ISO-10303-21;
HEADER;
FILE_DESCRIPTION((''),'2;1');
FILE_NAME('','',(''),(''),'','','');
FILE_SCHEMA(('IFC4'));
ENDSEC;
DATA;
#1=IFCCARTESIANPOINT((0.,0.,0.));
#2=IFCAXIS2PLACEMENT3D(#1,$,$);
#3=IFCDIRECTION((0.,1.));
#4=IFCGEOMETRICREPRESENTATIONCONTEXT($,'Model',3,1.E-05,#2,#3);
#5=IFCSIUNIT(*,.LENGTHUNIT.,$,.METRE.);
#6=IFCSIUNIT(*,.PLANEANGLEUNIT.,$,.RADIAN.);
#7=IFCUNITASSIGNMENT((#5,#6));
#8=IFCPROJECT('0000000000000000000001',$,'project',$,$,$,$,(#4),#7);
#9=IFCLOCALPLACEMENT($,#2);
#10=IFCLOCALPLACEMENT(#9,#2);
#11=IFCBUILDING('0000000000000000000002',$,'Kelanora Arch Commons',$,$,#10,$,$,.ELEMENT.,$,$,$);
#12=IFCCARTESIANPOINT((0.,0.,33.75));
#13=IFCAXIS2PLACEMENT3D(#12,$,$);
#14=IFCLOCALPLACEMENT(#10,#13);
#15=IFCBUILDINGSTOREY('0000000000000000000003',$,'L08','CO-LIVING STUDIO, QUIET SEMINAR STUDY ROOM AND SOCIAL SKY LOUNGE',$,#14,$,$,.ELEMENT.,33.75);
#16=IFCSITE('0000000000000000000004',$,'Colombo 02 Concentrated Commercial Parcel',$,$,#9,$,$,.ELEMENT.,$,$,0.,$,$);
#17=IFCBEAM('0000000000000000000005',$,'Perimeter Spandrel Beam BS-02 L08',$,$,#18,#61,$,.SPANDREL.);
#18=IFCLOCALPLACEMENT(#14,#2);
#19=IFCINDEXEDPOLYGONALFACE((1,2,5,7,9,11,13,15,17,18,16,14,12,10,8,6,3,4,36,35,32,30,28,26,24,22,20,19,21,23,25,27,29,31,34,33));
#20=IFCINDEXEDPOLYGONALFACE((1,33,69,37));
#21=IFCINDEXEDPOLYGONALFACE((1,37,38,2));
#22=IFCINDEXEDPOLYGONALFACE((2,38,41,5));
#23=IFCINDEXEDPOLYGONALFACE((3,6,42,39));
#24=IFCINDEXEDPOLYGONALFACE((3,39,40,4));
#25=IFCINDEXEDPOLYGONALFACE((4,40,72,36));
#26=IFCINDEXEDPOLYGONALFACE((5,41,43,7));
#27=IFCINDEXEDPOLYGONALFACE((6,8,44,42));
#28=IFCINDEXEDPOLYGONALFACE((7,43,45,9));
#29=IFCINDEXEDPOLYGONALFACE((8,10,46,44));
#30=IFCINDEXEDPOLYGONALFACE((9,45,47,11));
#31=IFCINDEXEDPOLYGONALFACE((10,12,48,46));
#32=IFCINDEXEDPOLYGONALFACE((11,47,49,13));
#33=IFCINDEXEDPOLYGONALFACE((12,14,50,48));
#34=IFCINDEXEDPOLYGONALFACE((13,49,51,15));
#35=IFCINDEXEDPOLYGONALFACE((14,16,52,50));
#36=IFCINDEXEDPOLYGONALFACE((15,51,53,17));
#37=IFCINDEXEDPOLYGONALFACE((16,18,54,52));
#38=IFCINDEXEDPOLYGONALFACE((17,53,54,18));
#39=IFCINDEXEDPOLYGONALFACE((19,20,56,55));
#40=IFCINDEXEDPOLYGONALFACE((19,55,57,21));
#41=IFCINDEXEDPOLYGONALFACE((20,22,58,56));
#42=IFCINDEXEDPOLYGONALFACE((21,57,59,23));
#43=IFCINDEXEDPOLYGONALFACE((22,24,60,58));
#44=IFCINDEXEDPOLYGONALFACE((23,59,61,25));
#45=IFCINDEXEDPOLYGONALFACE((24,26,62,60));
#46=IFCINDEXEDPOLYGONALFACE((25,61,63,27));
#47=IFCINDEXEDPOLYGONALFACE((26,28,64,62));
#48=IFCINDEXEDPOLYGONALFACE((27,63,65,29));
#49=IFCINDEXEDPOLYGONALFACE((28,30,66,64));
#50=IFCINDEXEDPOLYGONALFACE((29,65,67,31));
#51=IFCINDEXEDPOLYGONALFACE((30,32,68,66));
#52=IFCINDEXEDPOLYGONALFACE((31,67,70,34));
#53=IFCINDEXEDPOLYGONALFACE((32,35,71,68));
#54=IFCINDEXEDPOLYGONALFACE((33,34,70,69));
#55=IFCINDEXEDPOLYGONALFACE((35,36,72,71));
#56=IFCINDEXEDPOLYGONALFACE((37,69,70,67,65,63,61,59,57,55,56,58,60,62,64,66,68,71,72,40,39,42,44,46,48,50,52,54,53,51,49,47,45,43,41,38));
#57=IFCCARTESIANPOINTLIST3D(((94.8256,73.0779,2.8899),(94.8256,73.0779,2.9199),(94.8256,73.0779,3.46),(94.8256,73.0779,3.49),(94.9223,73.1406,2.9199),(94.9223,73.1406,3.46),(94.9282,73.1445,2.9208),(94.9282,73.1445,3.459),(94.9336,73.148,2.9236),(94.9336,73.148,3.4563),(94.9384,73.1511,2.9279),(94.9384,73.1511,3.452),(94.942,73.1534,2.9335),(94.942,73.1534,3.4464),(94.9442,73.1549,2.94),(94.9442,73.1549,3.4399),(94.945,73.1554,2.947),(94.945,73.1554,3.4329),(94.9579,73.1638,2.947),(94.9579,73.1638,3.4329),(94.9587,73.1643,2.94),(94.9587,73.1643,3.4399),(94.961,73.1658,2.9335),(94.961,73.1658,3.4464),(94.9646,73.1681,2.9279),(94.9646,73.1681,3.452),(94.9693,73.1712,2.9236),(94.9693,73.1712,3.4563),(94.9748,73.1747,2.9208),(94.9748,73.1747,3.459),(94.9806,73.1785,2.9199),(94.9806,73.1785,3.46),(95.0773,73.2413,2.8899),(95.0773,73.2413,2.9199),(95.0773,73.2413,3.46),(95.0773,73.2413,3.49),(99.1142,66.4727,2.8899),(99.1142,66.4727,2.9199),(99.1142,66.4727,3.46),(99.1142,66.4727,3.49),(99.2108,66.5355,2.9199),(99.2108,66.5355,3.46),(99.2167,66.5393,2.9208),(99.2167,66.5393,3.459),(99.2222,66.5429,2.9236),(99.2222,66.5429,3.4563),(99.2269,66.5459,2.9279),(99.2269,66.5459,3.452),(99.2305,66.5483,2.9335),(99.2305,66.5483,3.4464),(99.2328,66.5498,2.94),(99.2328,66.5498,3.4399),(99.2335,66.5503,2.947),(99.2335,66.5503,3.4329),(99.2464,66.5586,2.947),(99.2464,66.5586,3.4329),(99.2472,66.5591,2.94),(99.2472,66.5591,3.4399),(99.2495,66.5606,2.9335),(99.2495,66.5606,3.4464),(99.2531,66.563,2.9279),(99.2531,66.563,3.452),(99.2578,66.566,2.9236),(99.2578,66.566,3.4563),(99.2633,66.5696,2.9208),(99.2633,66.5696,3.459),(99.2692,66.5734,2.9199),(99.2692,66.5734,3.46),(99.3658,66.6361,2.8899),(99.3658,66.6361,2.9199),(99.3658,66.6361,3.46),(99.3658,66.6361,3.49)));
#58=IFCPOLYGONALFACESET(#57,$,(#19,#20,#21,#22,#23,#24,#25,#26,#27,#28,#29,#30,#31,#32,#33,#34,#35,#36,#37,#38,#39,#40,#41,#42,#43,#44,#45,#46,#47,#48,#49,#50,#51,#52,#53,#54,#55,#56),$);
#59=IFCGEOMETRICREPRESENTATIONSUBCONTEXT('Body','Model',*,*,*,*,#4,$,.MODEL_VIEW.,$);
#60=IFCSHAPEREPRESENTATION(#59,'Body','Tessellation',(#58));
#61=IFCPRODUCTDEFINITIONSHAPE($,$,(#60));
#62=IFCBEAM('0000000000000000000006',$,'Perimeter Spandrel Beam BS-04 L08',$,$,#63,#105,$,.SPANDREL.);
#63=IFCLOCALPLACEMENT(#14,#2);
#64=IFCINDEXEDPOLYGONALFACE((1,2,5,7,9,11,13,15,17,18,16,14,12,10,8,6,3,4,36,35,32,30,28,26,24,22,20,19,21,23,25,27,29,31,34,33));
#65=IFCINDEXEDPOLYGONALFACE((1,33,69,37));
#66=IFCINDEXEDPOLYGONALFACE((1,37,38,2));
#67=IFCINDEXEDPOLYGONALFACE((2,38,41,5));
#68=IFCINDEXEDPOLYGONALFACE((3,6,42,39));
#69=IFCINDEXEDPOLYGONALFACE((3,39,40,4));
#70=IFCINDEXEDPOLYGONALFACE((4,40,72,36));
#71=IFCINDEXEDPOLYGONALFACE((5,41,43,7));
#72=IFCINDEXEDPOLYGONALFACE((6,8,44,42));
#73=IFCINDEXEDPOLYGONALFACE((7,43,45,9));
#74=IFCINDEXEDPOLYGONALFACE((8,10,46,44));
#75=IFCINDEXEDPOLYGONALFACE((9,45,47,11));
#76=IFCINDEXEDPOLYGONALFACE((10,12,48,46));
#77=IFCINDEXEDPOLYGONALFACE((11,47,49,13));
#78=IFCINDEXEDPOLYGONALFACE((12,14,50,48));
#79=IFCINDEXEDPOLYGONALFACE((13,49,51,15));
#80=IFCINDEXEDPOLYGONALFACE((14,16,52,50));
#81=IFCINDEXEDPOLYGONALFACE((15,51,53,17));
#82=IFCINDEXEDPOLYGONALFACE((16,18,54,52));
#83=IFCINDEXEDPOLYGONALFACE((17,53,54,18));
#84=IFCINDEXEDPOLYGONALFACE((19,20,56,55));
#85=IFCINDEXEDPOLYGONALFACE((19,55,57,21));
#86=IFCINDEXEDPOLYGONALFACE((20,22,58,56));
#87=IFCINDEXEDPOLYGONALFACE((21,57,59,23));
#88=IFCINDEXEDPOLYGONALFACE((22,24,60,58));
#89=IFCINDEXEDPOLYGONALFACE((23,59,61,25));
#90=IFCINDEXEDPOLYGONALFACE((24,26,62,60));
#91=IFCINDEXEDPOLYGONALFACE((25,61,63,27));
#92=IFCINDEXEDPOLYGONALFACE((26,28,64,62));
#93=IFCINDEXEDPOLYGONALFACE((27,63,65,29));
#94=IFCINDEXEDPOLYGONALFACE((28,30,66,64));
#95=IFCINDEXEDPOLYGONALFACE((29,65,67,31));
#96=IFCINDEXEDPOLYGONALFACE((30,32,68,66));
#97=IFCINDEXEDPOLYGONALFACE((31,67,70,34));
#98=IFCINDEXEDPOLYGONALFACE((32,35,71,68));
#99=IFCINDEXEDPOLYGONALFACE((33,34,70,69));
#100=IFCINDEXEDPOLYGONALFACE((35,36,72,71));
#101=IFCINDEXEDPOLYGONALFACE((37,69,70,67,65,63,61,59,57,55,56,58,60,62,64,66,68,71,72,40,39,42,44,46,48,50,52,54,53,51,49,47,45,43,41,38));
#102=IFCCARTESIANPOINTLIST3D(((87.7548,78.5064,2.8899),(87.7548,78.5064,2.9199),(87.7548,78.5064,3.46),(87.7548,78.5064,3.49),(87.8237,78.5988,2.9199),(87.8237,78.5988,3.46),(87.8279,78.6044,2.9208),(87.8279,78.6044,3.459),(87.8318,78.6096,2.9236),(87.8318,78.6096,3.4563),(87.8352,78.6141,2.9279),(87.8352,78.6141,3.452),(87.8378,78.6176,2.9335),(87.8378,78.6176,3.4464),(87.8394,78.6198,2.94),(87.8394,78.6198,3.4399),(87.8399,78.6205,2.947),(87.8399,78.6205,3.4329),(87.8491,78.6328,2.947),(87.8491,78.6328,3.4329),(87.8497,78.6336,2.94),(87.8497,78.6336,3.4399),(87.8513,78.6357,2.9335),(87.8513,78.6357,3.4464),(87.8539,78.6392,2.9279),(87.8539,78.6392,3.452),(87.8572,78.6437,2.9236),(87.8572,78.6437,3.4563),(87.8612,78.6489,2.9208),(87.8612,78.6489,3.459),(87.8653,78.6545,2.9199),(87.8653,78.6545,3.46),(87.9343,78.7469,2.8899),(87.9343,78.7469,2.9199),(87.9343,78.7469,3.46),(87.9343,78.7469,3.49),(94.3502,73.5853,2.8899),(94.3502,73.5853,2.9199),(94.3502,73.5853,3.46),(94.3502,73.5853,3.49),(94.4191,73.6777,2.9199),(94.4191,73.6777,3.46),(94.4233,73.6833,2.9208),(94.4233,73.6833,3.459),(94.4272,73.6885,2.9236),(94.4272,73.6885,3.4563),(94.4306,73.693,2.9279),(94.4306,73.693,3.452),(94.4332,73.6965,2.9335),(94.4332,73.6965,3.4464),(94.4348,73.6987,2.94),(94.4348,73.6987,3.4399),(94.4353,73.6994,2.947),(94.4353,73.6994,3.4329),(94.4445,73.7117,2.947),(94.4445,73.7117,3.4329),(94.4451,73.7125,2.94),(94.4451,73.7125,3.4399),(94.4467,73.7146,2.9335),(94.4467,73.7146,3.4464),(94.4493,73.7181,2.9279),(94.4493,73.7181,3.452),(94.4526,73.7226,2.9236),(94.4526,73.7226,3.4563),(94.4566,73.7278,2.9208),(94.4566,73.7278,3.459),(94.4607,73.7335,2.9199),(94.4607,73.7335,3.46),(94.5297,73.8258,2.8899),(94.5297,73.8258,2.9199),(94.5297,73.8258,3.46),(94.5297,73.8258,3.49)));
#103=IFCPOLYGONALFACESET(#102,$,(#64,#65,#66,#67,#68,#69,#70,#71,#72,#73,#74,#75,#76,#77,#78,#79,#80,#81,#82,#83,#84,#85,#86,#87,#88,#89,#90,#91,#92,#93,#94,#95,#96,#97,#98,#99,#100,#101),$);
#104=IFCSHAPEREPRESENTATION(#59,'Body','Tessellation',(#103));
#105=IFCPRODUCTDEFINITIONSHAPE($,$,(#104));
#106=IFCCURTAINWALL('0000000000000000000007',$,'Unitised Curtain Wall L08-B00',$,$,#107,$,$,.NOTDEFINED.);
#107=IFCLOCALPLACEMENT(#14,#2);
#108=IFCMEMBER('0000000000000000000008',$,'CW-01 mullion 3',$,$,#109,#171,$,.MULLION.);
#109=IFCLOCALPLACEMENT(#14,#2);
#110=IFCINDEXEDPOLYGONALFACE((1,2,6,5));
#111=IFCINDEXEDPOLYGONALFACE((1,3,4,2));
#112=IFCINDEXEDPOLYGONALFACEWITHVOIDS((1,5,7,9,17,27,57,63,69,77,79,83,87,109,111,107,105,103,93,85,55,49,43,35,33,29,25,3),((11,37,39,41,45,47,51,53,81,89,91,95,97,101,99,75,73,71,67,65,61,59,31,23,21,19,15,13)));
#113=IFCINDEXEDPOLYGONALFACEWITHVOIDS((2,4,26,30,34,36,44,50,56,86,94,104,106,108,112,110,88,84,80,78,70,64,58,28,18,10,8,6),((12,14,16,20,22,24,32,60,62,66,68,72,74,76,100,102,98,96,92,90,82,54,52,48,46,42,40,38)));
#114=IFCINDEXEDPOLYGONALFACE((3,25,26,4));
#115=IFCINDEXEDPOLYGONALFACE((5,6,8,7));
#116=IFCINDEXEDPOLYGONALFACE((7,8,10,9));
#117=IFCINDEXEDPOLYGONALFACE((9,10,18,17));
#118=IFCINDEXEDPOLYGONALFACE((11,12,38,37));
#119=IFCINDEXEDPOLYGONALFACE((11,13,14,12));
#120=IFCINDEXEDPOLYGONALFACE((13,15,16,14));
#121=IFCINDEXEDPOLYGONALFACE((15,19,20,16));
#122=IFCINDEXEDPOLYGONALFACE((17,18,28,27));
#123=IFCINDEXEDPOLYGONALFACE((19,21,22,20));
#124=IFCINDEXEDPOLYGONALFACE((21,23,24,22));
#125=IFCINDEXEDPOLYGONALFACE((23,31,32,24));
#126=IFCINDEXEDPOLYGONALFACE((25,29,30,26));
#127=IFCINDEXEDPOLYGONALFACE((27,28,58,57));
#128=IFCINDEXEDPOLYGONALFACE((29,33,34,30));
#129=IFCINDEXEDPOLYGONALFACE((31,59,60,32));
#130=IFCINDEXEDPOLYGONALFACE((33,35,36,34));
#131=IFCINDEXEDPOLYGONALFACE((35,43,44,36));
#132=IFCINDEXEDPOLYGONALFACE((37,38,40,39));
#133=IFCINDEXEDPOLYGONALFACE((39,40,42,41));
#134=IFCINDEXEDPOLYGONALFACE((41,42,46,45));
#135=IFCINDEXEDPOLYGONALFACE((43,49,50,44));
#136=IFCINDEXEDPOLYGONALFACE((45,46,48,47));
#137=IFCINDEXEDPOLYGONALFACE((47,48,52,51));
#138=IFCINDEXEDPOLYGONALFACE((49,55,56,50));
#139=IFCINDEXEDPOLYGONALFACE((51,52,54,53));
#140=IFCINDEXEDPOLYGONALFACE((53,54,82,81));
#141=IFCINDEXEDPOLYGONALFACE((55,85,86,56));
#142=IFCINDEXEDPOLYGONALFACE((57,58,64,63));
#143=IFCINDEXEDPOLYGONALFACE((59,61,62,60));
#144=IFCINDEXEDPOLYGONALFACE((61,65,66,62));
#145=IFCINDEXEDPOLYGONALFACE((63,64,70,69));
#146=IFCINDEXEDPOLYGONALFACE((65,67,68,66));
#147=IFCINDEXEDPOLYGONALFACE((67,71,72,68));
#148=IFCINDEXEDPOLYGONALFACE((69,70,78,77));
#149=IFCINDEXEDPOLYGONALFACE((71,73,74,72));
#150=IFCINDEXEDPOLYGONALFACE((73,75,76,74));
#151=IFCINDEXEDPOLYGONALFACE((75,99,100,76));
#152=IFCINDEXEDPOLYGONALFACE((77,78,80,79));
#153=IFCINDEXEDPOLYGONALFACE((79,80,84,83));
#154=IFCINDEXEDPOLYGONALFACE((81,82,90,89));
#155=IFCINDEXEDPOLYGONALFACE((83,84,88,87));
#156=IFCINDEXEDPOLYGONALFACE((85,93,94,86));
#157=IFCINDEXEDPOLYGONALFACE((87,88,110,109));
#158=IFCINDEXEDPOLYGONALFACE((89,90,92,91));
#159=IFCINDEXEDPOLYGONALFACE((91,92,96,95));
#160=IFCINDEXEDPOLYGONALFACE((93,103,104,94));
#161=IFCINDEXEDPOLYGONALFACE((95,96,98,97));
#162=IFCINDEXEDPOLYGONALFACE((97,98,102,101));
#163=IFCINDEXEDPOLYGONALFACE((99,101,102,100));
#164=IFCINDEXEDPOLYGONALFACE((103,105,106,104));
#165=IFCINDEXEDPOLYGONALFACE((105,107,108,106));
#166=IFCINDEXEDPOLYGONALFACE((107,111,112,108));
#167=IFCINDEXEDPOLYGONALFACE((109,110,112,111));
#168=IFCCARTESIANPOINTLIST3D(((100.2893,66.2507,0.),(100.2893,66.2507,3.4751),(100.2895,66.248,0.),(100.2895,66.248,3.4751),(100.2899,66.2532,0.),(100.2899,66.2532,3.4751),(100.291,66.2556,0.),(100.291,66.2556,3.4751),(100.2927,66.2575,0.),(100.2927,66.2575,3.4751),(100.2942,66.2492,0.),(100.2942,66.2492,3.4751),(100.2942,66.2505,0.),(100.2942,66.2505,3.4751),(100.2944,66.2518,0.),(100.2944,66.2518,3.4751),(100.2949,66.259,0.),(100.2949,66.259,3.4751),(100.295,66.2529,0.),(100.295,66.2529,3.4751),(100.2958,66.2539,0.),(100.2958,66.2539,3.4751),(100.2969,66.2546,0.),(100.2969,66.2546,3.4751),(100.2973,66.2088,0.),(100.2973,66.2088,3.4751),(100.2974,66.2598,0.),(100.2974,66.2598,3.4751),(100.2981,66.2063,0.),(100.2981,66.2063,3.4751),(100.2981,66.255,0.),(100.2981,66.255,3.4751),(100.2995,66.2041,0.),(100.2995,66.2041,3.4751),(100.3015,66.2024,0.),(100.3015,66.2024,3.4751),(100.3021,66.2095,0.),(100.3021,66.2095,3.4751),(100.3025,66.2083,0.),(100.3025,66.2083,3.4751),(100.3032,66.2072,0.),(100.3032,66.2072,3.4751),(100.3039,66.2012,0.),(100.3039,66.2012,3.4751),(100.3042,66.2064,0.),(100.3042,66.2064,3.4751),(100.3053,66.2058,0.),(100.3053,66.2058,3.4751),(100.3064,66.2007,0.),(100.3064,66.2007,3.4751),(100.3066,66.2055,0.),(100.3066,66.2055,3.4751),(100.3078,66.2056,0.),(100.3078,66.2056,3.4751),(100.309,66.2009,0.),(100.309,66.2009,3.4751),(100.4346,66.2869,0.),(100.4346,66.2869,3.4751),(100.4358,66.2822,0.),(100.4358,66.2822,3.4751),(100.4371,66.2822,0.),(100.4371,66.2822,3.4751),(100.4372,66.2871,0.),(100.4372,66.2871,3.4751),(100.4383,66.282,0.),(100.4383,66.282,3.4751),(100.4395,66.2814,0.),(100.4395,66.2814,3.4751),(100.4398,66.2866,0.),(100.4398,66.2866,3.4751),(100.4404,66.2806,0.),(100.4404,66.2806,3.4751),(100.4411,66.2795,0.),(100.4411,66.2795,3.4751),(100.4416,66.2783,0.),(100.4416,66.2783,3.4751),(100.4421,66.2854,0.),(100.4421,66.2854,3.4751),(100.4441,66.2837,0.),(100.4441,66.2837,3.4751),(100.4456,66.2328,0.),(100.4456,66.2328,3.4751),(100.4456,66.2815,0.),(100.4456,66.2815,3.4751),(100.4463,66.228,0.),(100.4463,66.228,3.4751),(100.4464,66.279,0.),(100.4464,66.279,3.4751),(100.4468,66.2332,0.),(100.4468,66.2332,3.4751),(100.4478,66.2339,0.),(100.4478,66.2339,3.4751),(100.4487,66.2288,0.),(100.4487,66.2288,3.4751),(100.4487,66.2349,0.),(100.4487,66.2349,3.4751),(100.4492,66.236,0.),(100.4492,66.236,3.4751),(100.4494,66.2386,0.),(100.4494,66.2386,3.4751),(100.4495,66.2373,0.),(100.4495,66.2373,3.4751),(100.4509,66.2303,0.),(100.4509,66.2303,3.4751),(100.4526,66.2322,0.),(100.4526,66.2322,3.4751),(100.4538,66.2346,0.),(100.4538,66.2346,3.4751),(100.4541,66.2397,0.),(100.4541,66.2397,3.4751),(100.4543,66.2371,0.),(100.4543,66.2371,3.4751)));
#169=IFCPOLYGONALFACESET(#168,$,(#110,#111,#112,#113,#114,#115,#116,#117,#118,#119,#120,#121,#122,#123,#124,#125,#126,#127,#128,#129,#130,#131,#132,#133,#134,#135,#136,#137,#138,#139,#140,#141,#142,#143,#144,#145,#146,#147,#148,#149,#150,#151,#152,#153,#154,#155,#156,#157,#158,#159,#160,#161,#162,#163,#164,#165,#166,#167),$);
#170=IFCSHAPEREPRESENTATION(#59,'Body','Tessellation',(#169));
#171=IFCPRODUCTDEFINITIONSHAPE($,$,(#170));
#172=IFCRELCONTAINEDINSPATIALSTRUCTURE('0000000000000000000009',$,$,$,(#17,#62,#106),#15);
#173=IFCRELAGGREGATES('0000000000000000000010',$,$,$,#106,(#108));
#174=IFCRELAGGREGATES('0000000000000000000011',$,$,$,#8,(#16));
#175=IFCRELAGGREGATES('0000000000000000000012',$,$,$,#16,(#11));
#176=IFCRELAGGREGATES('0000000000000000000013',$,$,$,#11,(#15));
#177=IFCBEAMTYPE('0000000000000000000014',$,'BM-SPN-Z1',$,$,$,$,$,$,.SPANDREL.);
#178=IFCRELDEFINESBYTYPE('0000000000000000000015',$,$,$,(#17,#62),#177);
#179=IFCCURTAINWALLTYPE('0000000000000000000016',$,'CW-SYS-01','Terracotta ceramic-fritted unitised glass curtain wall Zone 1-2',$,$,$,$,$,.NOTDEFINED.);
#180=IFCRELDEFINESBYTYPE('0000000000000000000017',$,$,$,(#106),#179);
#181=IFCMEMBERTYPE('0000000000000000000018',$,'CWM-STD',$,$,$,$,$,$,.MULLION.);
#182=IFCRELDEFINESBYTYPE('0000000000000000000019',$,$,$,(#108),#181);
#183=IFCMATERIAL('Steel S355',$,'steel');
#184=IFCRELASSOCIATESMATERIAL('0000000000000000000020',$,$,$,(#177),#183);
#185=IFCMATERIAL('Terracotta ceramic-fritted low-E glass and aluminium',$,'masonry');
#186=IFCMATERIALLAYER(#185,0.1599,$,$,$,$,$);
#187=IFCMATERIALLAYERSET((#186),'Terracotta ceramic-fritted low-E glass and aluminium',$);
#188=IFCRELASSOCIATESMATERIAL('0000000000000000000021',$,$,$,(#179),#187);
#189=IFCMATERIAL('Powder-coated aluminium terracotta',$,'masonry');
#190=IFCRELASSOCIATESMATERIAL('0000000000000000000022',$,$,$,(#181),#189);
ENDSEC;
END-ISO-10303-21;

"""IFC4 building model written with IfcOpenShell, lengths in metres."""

from ifc_helpers import new_model, si_unit, direction, frame, origin, origin_2d, place, context, subcontext, project, spatial, hollow_rectangle, i_section, extrude, material, layer, layer_set, material_profile, profile_set, type_object, element, aggregate, save


model = new_model("IFC4")

# Units and contexts
model_context = context("Model", 3, precision=1e-05, world=origin(), true_north=direction((0.0, 1.0)))
body_context = subcontext(model_context, "Body", "Model", "MODEL_VIEW")
ifc_project = project(units=[si_unit("LENGTHUNIT", "METRE"), si_unit("PLANEANGLEUNIT", "RADIAN")], contexts=[model_context])

# Site, building, storey
site_placement = place(None, origin())
site = spatial("IfcSite", under=ifc_project, at=site_placement, Name="Colombo 02 Concentrated Commercial Parcel", CompositionType="ELEMENT", RefElevation=0.0)
building_placement = place(site_placement, origin())
building = spatial("IfcBuilding", under=site, at=building_placement, Name="Kelanora Arch Commons", CompositionType="ELEMENT")
storey_placement = place(building_placement, frame((0.0, 0.0, 33.75)))
storey = spatial("IfcBuildingStorey", under=building, at=storey_placement, Name="L08", Description="CO-LIVING STUDIO, QUIET SEMINAR STUDY ROOM AND SOCIAL SKY LOUNGE", CompositionType="ELEMENT", Elevation=33.75)

# Beams
ifc_material_1 = material(Name="Steel S355", Category="steel")
ifc_material_profile_1 = material_profile(ifc_material_1, i_section(OverallWidth=0.3, OverallDepth=0.6001, WebThickness=0.0154, FlangeThickness=0.03, FilletRadius=0.0271, at=origin_2d()), Name="HEB600")
ifc_profile_set_1 = profile_set([ifc_material_profile_1], Name="Steel S355")
beam_type_1 = type_object("IfcBeamType", Name="BM-SPN-Z1", PredefinedType="SPANDREL", material=ifc_profile_set_1)
beam_1_placement = place(storey_placement, frame((99.24, 66.5544, 3.1899), z_axis=(-0.544558, 0.838723, 0.0), x_axis=(-0.838723, -0.544558, 0.0)))
element("IfcBeam", 1, at=beam_1_placement, inside=storey, type_object=beam_type_1, Name="Perimeter Spandrel Beam BS-02 L08", PredefinedType="SPANDREL", context=body_context, shape_type="SweptSolid", body=[
    extrude(i_section(OverallWidth=0.3, OverallDepth=0.6001, WebThickness=0.0154, FlangeThickness=0.03, FilletRadius=0.0271, at=origin_2d()), origin(), (0.0, 0.0, 1.0), 7.8752),
])
beam_2_placement = place(storey_placement, frame((94.4399, 73.7056, 3.1899), z_axis=(-0.801482, 0.598019, 0.0), x_axis=(-0.598019, -0.801482, 0.0)))
element("IfcBeam", 2, at=beam_2_placement, inside=storey, type_object=beam_type_1, Name="Perimeter Spandrel Beam BS-04 L08", PredefinedType="SPANDREL", context=body_context, shape_type="SweptSolid", body=[
    extrude(i_section(OverallWidth=0.3, OverallDepth=0.6001, WebThickness=0.0154, FlangeThickness=0.03, FilletRadius=0.0271, at=origin_2d()), origin(), (0.0, 0.0, 1.0), 8.229),
])

# Curtain wall, member
ifc_material_2 = material(Name="Terracotta ceramic-fritted low-E glass and aluminium", Category="masonry")
ifc_layer_1 = layer(ifc_material_2, 0.1599)
ifc_layer_set_1 = layer_set([ifc_layer_1], Name="Terracotta ceramic-fritted low-E glass and aluminium")
curtain_wall_type = type_object("IfcCurtainWallType", Name="CW-SYS-01", Description="Terracotta ceramic-fritted unitised glass curtain wall Zone 1-2", PredefinedType="NOTDEFINED", material=ifc_layer_set_1)
curtain_wall_1_placement = place(storey_placement, origin())
curtain_wall_1 = element("IfcCurtainWall", 3, at=curtain_wall_1_placement, inside=storey, type_object=curtain_wall_type, Name="Unitised Curtain Wall L08-B00", PredefinedType="NOTDEFINED")
ifc_material_3 = material(Name="Powder-coated aluminium terracotta", Category="masonry")
ifc_material_profile_2 = material_profile(ifc_material_3, hollow_rectangle(XDim=0.1599, YDim=0.0601, WallThickness=0.0049, InnerFilletRadius=0.0049, OuterFilletRadius=0.01, at=origin_2d()), Name="CWM160x60")
ifc_profile_set_2 = profile_set([ifc_material_profile_2], Name="Powder-coated aluminium terracotta")
member_type_1 = type_object("IfcMemberType", Name="CWM-STD", PredefinedType="MULLION", material=ifc_profile_set_2)
member_1_placement = place(storey_placement, frame((100.3718, 66.2439, 0.0), z_axis=(0.0, 0.0, 1.0), x_axis=(-0.981052, -0.193744, 0.0)))
member_1 = element("IfcMember", 4, at=member_1_placement, type_object=member_type_1, Name="CW-01 mullion 3", PredefinedType="MULLION", context=body_context, shape_type="SweptSolid", body=[
    extrude(hollow_rectangle(XDim=0.1599, YDim=0.0601, WallThickness=0.0049, InnerFilletRadius=0.0049, OuterFilletRadius=0.01, at=origin_2d()), origin(), (0.0, 0.0, 1.0), 3.4751),
])
aggregate(curtain_wall_1, [member_1])

save(model, "model.ifc")
